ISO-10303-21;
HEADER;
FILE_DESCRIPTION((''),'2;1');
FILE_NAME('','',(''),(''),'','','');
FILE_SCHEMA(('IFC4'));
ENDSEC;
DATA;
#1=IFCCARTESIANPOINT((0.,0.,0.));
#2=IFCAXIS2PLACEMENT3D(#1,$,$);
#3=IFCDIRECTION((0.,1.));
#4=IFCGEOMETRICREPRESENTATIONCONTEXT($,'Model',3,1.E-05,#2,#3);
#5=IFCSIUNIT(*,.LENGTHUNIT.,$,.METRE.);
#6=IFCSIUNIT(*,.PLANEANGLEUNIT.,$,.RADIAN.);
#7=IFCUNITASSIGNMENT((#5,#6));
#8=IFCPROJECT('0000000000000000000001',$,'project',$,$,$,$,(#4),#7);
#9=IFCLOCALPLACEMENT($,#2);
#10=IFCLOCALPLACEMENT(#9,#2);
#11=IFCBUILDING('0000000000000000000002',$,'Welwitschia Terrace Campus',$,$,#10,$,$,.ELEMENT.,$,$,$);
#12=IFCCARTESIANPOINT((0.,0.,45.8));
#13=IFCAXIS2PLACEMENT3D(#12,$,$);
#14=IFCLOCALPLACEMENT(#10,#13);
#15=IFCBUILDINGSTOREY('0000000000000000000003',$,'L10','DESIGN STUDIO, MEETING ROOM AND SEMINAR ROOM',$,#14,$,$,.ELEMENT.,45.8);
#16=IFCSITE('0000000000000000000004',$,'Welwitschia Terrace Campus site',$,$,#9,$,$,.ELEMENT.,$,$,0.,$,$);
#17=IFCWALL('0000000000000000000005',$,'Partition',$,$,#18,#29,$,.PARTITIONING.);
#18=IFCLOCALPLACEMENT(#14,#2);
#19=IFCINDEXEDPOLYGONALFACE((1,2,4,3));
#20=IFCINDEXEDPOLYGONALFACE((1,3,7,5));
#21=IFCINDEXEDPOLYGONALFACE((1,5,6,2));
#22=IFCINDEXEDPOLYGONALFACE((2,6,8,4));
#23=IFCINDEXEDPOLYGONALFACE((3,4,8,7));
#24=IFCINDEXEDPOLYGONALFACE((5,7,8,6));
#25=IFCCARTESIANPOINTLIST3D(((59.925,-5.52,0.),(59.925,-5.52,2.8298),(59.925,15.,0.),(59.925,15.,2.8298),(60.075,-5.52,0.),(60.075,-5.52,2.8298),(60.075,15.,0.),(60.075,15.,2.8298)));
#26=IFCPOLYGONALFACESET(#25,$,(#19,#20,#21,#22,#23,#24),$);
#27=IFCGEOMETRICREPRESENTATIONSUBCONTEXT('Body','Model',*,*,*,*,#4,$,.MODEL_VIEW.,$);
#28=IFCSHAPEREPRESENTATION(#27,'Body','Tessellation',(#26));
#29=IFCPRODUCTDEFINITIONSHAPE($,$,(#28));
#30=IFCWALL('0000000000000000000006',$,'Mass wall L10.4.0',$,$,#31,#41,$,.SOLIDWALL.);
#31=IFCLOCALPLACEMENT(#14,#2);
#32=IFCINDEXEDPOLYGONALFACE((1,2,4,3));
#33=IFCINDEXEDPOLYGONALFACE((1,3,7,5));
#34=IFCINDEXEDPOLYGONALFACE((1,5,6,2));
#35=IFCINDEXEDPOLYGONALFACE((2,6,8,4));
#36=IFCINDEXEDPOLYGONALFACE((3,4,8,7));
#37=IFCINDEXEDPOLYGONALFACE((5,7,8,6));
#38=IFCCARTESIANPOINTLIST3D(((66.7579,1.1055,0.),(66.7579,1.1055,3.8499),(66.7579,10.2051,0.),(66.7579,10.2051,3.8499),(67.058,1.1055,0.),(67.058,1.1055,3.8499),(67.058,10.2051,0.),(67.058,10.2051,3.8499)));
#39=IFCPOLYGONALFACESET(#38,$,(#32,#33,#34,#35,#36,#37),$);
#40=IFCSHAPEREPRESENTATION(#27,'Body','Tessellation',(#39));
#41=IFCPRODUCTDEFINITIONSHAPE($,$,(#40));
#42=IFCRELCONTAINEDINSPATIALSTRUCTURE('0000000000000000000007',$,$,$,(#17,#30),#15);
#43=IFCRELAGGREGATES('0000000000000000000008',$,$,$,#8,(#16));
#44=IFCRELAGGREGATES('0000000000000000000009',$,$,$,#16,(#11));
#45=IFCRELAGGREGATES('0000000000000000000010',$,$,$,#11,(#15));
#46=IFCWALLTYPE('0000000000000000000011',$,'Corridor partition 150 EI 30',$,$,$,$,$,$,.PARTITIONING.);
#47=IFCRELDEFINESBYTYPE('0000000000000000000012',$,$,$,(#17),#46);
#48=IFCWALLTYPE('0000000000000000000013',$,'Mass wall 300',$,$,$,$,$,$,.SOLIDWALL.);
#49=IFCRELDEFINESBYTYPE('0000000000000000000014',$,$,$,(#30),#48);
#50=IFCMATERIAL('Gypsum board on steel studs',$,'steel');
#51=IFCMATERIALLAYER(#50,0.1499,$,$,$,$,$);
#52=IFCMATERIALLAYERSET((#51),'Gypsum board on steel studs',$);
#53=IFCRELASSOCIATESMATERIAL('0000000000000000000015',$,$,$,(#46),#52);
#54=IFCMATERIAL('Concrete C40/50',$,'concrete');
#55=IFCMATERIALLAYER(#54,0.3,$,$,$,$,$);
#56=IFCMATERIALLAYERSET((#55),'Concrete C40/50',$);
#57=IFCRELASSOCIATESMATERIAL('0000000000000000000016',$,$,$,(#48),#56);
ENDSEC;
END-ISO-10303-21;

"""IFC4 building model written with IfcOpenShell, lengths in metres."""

from ifc_helpers import new_model, si_unit, direction, frame, frame_2d, origin, place, context, subcontext, project, spatial, rectangle, extrude, material, layer, layer_set, type_object, element, save


model = new_model("IFC4")

# Units and contexts
model_context = context("Model", 3, precision=1e-05, world=origin(), true_north=direction((0.0, 1.0)))
body_context = subcontext(model_context, "Body", "Model", "MODEL_VIEW")
ifc_project = project(units=[si_unit("LENGTHUNIT", "METRE"), si_unit("PLANEANGLEUNIT", "RADIAN")], contexts=[model_context])

# Site, building, storey
site_placement = place(None, origin())
site = spatial("IfcSite", under=ifc_project, at=site_placement, Name="Welwitschia Terrace Campus site", CompositionType="ELEMENT", RefElevation=0.0)
building_placement = place(site_placement, origin())
building = spatial("IfcBuilding", under=site, at=building_placement, Name="Welwitschia Terrace Campus", CompositionType="ELEMENT")
storey_placement = place(building_placement, frame((0.0, 0.0, 45.8)))
storey = spatial("IfcBuildingStorey", under=building, at=storey_placement, Name="L10", Description="DESIGN STUDIO, MEETING ROOM AND SEMINAR ROOM", CompositionType="ELEMENT", Elevation=45.8)

# Walls
ifc_material_1 = material(Name="Gypsum board on steel studs", Category="steel")
ifc_layer_1 = layer(ifc_material_1, 0.1499)
ifc_layer_set_1 = layer_set([ifc_layer_1], Name="Gypsum board on steel studs")
wall_type_1 = type_object("IfcWallType", Name="Corridor partition 150 EI 30", PredefinedType="PARTITIONING", material=ifc_layer_set_1)
wall_1_placement = place(storey_placement, frame((60.0, -5.52, 0.0), z_axis=(0.0, 0.0, 1.0), x_axis=(0.0, 1.0, 0.0)))
element("IfcWall", 1, at=wall_1_placement, inside=storey, type_object=wall_type_1, Name="Partition", PredefinedType="PARTITIONING", context=body_context, shape_type="SweptSolid", body=[
    extrude(rectangle(XDim=20.52, YDim=0.1499, at=frame_2d((10.26, 0.0))), origin(), (0.0, 0.0, 1.0), 2.8298),
])
ifc_material_2 = material(Name="Concrete C40/50", Category="concrete")
ifc_layer_2 = layer(ifc_material_2, 0.3)
ifc_layer_set_2 = layer_set([ifc_layer_2], Name="Concrete C40/50")
wall_type_2 = type_object("IfcWallType", Name="Mass wall 300", PredefinedType="SOLIDWALL", material=ifc_layer_set_2)
wall_2_placement = place(storey_placement, frame((66.908, 1.1055, 0.0), z_axis=(0.0, 0.0, 1.0), x_axis=(0.0, 1.0, 0.0)))
element("IfcWall", 2, at=wall_2_placement, inside=storey, type_object=wall_type_2, Name="Mass wall L10.4.0", PredefinedType="SOLIDWALL", context=body_context, shape_type="SweptSolid", body=[
    extrude(rectangle(XDim=9.0996, YDim=0.3, at=frame_2d((4.5498, 0.0))), origin(), (0.0, 0.0, 1.0), 3.8499),
])

save(model, "model.ifc")
